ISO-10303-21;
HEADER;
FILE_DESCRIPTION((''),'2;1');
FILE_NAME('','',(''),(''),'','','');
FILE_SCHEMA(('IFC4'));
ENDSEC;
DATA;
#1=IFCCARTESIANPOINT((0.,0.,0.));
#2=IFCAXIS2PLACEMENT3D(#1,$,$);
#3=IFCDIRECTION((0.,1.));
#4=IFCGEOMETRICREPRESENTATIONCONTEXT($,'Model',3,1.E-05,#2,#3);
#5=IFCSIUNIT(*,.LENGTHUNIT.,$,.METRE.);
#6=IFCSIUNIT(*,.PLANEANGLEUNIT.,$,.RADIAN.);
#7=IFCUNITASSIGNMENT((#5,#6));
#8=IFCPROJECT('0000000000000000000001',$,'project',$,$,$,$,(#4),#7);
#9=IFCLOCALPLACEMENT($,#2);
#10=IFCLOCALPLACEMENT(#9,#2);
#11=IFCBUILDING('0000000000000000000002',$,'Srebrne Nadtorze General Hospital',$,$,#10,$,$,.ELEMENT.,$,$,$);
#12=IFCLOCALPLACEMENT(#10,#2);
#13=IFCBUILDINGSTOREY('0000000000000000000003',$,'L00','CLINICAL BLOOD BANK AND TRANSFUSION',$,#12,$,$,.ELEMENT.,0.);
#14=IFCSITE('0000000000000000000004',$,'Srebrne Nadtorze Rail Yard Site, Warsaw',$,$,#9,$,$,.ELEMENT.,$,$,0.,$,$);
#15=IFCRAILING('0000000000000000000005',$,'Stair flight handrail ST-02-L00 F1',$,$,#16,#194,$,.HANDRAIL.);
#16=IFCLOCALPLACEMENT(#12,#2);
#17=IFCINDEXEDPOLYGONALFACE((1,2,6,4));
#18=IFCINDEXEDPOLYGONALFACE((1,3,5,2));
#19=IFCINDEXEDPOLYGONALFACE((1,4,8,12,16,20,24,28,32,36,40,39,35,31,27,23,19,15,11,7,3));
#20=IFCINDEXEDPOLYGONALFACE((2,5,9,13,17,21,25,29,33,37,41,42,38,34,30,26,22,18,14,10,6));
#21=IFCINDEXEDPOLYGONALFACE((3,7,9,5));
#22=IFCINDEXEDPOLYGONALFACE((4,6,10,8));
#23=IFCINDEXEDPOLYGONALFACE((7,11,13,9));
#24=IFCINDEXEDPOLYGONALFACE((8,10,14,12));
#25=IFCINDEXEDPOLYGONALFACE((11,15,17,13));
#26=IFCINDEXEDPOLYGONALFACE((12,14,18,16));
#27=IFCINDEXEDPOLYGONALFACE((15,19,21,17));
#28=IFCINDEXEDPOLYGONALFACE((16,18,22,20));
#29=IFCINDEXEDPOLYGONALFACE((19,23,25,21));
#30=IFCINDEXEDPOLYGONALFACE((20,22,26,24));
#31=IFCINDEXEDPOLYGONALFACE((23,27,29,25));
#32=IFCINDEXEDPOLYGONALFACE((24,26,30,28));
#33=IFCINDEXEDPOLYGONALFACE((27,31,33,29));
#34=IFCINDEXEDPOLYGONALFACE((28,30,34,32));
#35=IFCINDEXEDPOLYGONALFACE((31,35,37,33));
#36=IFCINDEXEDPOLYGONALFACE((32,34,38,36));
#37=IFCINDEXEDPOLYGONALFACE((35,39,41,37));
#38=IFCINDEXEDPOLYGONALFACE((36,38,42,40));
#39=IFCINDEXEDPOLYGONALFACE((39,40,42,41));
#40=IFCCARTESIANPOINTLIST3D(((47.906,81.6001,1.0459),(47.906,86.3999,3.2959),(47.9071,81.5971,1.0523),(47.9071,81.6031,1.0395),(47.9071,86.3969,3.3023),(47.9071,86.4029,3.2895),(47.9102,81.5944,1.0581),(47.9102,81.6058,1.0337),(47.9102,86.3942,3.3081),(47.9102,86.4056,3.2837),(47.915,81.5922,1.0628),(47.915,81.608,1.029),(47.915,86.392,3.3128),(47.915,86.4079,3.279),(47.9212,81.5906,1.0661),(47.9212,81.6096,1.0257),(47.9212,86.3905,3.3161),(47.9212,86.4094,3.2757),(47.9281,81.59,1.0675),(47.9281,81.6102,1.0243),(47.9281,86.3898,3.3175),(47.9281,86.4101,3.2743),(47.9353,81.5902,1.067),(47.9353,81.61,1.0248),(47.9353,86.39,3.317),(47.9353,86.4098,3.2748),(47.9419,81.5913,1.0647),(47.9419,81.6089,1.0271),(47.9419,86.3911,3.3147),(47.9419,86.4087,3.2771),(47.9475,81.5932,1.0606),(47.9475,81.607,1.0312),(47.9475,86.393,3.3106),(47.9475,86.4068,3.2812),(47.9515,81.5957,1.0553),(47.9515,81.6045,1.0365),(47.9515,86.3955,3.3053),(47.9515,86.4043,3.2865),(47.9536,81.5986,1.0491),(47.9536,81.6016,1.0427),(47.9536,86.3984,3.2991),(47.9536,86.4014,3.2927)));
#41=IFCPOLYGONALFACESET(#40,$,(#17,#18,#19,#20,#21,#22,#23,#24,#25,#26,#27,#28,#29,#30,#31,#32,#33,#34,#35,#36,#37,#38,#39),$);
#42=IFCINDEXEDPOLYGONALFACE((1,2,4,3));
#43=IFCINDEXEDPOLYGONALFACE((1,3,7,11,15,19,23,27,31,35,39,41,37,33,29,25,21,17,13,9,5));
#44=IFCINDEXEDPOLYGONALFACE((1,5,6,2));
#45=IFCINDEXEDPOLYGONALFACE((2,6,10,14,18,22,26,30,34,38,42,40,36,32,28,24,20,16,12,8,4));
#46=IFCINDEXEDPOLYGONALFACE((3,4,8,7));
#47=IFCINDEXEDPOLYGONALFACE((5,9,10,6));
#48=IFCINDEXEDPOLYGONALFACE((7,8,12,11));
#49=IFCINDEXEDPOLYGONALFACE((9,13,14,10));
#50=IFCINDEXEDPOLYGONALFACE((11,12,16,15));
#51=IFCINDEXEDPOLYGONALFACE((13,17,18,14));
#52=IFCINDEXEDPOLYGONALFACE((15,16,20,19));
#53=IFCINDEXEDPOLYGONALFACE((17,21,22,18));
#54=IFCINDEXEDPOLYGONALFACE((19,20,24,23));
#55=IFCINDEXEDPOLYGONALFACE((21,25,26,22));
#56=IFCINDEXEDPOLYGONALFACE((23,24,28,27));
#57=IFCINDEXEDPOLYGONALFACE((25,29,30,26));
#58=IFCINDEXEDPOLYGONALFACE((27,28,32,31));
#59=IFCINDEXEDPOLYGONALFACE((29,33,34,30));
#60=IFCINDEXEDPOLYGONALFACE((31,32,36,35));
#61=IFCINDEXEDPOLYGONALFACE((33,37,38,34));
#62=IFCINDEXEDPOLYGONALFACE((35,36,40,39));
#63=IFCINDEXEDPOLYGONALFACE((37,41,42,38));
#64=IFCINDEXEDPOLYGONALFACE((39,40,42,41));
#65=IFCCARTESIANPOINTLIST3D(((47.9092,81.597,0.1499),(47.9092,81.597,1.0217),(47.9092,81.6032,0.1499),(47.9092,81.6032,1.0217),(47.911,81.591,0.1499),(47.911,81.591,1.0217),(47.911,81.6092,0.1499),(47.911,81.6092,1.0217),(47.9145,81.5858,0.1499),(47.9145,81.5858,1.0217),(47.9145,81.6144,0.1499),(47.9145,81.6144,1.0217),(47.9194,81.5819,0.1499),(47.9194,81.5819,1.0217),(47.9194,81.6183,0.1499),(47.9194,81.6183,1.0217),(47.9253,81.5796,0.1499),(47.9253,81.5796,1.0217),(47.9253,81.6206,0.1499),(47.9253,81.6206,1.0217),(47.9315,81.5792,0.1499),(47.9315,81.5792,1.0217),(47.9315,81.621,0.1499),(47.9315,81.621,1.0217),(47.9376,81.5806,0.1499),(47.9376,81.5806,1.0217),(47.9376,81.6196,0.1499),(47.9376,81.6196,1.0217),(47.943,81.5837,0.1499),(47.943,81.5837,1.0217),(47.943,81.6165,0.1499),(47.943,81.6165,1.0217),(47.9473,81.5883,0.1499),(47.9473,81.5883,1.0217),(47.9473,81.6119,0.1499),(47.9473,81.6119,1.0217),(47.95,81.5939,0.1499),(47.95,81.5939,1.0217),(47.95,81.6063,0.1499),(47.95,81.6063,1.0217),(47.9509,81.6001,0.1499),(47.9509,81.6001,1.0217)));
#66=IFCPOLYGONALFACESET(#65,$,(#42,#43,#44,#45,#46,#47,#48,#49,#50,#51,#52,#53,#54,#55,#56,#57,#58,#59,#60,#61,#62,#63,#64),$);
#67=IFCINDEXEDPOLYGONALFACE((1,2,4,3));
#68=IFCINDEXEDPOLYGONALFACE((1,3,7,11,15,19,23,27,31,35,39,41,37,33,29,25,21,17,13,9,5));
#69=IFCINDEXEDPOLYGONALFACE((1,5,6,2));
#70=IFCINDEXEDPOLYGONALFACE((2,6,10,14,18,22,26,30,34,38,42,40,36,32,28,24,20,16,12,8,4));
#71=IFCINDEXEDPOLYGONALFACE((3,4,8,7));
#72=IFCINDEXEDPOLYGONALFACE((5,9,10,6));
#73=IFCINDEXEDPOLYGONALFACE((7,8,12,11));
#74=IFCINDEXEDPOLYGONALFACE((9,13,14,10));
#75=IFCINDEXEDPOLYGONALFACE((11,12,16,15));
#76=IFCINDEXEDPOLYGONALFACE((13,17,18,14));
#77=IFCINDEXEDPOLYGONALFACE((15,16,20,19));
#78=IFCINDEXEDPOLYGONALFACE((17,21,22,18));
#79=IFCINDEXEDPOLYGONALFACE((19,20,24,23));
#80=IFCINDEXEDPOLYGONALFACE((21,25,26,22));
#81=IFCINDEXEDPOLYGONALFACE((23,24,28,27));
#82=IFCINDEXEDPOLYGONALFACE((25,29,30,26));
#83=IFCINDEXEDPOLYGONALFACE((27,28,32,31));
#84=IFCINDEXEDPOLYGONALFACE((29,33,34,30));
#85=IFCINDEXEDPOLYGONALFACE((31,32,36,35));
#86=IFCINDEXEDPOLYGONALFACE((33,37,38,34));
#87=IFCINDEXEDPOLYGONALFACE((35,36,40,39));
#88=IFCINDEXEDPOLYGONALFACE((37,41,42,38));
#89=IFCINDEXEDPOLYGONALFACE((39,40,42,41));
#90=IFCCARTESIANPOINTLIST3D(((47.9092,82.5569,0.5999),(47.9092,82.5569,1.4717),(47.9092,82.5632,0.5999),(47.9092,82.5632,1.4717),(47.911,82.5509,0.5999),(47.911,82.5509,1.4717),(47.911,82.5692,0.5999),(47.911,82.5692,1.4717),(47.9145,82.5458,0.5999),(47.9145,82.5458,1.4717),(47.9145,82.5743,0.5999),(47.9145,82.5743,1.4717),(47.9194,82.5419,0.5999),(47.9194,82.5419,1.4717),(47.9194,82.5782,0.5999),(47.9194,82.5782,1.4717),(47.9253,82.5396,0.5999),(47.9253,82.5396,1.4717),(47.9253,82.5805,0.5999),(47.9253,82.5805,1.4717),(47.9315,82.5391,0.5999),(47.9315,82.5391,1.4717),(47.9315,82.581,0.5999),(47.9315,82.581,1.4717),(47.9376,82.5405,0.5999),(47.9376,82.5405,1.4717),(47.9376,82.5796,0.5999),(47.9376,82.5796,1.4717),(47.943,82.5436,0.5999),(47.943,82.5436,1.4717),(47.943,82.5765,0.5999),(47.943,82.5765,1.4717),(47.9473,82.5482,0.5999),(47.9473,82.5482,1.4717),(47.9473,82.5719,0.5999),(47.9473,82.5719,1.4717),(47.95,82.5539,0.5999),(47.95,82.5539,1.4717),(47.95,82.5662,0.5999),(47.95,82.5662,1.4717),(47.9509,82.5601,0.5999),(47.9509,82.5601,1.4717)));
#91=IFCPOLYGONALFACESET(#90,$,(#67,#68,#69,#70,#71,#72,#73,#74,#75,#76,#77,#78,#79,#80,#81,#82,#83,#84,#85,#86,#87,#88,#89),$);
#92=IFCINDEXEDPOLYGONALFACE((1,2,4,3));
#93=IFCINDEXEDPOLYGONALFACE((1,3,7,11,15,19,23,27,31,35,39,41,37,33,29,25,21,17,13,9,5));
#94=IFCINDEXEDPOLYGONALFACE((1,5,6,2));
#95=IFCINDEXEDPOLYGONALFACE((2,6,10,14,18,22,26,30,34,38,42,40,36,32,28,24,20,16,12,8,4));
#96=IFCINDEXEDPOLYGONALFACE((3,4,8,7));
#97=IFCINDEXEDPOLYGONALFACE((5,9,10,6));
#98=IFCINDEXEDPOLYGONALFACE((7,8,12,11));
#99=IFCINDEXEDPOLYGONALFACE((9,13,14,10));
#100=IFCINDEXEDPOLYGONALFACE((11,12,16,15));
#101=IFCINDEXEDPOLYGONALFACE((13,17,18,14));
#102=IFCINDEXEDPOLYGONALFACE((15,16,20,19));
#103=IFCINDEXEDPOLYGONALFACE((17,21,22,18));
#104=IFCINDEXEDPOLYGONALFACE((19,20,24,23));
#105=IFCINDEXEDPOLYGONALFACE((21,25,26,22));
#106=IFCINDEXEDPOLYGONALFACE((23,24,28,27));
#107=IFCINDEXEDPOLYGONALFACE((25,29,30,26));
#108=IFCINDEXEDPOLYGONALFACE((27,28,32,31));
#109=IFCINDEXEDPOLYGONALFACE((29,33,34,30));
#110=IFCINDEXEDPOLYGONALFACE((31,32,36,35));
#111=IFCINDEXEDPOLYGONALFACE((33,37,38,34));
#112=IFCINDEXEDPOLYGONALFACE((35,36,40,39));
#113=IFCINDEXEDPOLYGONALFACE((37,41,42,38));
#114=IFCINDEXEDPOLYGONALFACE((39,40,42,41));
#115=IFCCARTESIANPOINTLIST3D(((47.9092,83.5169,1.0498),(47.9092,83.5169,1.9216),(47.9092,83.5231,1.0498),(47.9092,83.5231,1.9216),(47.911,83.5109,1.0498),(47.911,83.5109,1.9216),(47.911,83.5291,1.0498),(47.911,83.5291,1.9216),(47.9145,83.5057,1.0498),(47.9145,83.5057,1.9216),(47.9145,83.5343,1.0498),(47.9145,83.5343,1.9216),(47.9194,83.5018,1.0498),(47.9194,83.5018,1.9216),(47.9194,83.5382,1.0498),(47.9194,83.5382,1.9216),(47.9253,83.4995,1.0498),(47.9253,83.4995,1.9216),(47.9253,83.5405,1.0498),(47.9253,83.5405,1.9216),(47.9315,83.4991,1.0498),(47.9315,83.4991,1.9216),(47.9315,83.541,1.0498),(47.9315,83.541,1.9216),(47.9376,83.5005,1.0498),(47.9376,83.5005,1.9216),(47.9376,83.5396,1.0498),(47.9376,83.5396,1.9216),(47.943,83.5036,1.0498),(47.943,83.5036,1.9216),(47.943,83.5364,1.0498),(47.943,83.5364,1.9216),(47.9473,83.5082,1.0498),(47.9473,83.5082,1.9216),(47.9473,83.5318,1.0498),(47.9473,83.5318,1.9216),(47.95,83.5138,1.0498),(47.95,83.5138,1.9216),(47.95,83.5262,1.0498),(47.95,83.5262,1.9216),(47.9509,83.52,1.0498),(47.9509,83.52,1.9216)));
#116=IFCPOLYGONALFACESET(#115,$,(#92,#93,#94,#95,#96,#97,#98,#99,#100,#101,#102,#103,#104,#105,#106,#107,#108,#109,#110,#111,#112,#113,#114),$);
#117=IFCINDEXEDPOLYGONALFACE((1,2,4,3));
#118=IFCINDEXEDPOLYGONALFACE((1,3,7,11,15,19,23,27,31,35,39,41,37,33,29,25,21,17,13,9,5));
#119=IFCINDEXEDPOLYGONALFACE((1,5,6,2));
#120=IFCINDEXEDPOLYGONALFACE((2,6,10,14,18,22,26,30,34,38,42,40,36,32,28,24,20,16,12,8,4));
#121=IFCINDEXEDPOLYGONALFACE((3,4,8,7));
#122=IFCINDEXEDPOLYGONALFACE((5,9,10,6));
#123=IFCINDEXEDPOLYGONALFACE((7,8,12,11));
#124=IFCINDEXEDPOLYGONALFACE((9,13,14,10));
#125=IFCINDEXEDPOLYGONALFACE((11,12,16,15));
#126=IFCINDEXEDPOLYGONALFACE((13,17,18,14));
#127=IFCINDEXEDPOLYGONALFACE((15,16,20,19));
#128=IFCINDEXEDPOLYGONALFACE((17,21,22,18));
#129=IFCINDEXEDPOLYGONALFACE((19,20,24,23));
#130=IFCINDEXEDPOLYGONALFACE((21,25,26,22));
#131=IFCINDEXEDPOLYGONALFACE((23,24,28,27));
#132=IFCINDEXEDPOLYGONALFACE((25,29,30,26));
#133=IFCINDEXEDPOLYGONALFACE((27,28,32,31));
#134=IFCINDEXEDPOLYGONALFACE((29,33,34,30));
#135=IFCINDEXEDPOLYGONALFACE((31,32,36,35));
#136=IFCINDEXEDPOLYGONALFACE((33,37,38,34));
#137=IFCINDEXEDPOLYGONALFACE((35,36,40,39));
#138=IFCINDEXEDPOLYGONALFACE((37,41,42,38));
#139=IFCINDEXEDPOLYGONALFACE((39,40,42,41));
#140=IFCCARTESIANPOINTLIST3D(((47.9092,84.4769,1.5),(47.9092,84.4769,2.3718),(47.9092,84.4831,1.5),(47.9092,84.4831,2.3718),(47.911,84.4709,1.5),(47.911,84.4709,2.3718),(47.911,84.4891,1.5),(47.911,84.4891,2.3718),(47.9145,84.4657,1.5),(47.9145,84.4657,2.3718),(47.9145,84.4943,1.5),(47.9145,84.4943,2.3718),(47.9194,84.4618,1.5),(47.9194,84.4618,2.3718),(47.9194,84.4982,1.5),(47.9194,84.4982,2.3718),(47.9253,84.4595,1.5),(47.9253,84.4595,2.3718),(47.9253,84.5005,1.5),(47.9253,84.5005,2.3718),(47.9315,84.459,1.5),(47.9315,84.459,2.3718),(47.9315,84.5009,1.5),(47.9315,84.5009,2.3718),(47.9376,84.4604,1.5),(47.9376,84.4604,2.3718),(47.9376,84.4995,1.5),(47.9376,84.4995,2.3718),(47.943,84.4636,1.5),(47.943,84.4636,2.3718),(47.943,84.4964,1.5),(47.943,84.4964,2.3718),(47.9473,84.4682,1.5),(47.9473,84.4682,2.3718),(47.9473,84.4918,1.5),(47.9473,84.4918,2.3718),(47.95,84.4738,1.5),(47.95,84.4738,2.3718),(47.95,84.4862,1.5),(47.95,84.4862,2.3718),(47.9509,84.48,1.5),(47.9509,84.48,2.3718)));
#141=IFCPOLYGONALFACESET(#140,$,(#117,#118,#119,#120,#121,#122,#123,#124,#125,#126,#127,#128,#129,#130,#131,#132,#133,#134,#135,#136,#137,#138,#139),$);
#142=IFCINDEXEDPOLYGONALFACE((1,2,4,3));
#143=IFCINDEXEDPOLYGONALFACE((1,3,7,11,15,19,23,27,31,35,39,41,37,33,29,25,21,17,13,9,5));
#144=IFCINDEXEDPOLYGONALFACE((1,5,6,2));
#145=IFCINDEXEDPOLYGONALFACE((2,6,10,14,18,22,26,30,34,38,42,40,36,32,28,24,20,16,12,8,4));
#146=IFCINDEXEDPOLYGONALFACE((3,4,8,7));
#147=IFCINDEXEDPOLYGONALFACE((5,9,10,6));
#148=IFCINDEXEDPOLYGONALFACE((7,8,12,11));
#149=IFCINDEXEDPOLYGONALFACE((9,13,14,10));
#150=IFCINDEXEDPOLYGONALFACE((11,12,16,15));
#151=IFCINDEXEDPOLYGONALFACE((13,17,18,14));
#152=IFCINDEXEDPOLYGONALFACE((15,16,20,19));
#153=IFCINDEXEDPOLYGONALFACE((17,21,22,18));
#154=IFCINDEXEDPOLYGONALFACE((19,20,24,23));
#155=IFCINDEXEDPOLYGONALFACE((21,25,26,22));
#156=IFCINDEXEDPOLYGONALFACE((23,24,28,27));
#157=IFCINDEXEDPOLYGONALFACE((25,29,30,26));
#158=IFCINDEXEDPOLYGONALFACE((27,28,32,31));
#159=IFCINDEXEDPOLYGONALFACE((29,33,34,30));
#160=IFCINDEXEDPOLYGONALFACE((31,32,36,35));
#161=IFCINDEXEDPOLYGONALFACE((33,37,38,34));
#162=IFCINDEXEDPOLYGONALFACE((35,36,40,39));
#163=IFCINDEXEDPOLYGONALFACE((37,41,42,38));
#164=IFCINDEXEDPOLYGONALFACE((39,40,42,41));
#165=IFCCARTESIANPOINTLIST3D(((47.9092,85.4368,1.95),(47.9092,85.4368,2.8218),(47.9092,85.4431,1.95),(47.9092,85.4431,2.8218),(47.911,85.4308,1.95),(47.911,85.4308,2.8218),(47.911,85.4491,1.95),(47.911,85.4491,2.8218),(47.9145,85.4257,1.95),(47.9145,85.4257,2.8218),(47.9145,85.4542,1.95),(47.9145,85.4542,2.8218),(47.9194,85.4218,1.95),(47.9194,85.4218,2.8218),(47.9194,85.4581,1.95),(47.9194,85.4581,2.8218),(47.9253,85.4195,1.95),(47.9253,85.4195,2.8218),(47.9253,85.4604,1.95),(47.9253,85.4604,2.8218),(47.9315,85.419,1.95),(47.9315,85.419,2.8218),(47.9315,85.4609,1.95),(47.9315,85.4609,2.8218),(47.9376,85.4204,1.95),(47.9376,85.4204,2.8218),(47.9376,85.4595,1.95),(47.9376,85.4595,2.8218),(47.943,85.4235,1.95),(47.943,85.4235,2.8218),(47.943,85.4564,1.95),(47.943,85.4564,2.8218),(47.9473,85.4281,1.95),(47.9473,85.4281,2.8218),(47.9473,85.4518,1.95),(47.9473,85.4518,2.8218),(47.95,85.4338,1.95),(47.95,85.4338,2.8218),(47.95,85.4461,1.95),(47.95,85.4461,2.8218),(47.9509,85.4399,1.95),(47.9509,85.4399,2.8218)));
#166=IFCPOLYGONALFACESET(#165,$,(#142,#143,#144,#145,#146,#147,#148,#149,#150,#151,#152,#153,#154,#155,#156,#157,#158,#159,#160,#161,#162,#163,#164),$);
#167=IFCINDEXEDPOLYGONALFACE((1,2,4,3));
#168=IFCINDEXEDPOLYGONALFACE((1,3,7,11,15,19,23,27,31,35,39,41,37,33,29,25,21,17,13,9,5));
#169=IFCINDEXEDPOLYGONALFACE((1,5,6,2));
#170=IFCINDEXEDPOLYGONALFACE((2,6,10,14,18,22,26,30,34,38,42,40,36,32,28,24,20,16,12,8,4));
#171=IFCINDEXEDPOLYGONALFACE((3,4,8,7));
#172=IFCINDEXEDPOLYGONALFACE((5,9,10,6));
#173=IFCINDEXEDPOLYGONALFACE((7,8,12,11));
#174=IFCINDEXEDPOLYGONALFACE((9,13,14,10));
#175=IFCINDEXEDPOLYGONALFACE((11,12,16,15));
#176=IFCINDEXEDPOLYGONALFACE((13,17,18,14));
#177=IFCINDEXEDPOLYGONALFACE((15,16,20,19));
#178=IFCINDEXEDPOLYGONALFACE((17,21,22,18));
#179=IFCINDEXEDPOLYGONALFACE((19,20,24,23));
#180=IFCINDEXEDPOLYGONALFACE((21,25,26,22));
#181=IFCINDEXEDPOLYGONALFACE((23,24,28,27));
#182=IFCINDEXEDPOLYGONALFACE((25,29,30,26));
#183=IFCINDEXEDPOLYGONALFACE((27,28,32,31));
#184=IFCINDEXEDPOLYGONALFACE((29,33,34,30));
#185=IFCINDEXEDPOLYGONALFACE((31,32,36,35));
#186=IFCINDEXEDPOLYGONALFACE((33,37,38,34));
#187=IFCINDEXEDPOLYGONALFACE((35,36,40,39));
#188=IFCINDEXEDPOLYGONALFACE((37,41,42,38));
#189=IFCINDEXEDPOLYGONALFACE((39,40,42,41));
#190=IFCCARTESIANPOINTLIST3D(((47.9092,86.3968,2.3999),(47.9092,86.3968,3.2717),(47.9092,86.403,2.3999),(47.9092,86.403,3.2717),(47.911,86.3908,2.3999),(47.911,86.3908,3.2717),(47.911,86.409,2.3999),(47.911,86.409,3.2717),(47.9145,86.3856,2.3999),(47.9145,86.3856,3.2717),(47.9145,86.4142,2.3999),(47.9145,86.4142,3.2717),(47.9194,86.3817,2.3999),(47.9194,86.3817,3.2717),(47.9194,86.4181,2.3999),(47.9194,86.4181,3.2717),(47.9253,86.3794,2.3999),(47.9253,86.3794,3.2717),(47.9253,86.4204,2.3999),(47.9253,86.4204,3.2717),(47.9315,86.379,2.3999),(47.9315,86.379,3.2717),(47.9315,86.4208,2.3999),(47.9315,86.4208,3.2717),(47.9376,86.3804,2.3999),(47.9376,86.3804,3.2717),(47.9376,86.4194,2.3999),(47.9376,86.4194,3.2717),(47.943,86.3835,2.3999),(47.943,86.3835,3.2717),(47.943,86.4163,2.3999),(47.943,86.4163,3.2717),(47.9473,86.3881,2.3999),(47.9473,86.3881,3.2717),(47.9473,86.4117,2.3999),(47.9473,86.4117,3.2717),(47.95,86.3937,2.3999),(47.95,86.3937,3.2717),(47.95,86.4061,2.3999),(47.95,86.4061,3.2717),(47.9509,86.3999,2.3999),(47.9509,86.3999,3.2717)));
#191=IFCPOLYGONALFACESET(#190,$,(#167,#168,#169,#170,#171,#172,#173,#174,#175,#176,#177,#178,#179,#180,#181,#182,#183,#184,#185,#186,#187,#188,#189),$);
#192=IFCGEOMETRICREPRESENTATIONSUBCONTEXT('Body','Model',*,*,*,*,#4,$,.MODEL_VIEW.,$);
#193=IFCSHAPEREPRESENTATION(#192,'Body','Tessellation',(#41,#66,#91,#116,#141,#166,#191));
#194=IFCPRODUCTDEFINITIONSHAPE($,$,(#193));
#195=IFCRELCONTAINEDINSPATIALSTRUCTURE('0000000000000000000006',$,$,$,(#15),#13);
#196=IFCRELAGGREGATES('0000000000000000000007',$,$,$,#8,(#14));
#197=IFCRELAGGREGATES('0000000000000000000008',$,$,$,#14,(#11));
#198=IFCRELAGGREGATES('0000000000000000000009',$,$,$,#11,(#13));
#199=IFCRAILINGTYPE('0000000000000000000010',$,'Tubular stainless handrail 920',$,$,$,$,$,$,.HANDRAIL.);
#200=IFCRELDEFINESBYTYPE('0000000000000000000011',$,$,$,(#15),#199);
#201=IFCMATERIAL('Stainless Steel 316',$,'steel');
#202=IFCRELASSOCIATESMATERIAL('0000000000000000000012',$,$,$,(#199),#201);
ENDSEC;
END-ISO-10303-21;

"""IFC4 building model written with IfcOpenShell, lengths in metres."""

from ifc_helpers import new_model, si_unit, direction, frame, origin, origin_2d, place, context, subcontext, project, spatial, circle, extrude, material, type_object, element, save


model = new_model("IFC4")

# Units and contexts
model_context = context("Model", 3, precision=1e-05, world=origin(), true_north=direction((0.0, 1.0)))
body_context = subcontext(model_context, "Body", "Model", "MODEL_VIEW")
ifc_project = project(units=[si_unit("LENGTHUNIT", "METRE"), si_unit("PLANEANGLEUNIT", "RADIAN")], contexts=[model_context])

# Site, building, storey
site_placement = place(None, origin())
site = spatial("IfcSite", under=ifc_project, at=site_placement, Name="Srebrne Nadtorze Rail Yard Site, Warsaw", CompositionType="ELEMENT", RefElevation=0.0)
building_placement = place(site_placement, origin())
building = spatial("IfcBuilding", under=site, at=building_placement, Name="Srebrne Nadtorze General Hospital", CompositionType="ELEMENT")
storey_placement = place(building_placement, origin())
storey = spatial("IfcBuildingStorey", under=building, at=storey_placement, Name="L00", Description="CLINICAL BLOOD BANK AND TRANSFUSION", CompositionType="ELEMENT", Elevation=0.0)

# Railing
ifc_material_1 = material(Name="Stainless Steel 316", Category="steel")
railing_type_1 = type_object("IfcRailingType", Name="Tubular stainless handrail 920", PredefinedType="HANDRAIL", material=ifc_material_1)
railing_1_placement = place(storey_placement, frame((47.9299, 81.6001, 0.1499)))
element("IfcRailing", 1, at=railing_1_placement, inside=storey, type_object=railing_type_1, Name="Stair flight handrail ST-02-L00 F1", PredefinedType="HANDRAIL", context=body_context, shape_type="SweptSolid", body=[
    extrude(circle(Radius=0.0239, at=origin_2d()), frame((0.0, 0.0, 0.896), z_axis=(0.0, 0.905452, 0.424448), x_axis=(-1.0, 0.0, 0.0)), (0.0, 0.0, 1.0), 5.301),
    extrude(circle(Radius=0.021, at=origin_2d()), origin(), (0.0, 0.0, 1.0), 0.8718),
    extrude(circle(Radius=0.021, at=origin_2d()), frame((0.0, 0.96, 0.45)), (0.0, 0.0, 1.0), 0.8718),
    extrude(circle(Radius=0.021, at=origin_2d()), frame((0.0, 1.9199, 0.8999)), (0.0, 0.0, 1.0), 0.8718),
    extrude(circle(Radius=0.021, at=origin_2d()), frame((0.0, 2.8799, 1.3501)), (0.0, 0.0, 1.0), 0.8718),
    extrude(circle(Radius=0.021, at=origin_2d()), frame((0.0, 3.8398, 1.8)), (0.0, 0.0, 1.0), 0.8718),
    extrude(circle(Radius=0.021, at=origin_2d()), frame((0.0, 4.7998, 2.25)), (0.0, 0.0, 1.0), 0.8718),
])

save(model, "model.ifc")
